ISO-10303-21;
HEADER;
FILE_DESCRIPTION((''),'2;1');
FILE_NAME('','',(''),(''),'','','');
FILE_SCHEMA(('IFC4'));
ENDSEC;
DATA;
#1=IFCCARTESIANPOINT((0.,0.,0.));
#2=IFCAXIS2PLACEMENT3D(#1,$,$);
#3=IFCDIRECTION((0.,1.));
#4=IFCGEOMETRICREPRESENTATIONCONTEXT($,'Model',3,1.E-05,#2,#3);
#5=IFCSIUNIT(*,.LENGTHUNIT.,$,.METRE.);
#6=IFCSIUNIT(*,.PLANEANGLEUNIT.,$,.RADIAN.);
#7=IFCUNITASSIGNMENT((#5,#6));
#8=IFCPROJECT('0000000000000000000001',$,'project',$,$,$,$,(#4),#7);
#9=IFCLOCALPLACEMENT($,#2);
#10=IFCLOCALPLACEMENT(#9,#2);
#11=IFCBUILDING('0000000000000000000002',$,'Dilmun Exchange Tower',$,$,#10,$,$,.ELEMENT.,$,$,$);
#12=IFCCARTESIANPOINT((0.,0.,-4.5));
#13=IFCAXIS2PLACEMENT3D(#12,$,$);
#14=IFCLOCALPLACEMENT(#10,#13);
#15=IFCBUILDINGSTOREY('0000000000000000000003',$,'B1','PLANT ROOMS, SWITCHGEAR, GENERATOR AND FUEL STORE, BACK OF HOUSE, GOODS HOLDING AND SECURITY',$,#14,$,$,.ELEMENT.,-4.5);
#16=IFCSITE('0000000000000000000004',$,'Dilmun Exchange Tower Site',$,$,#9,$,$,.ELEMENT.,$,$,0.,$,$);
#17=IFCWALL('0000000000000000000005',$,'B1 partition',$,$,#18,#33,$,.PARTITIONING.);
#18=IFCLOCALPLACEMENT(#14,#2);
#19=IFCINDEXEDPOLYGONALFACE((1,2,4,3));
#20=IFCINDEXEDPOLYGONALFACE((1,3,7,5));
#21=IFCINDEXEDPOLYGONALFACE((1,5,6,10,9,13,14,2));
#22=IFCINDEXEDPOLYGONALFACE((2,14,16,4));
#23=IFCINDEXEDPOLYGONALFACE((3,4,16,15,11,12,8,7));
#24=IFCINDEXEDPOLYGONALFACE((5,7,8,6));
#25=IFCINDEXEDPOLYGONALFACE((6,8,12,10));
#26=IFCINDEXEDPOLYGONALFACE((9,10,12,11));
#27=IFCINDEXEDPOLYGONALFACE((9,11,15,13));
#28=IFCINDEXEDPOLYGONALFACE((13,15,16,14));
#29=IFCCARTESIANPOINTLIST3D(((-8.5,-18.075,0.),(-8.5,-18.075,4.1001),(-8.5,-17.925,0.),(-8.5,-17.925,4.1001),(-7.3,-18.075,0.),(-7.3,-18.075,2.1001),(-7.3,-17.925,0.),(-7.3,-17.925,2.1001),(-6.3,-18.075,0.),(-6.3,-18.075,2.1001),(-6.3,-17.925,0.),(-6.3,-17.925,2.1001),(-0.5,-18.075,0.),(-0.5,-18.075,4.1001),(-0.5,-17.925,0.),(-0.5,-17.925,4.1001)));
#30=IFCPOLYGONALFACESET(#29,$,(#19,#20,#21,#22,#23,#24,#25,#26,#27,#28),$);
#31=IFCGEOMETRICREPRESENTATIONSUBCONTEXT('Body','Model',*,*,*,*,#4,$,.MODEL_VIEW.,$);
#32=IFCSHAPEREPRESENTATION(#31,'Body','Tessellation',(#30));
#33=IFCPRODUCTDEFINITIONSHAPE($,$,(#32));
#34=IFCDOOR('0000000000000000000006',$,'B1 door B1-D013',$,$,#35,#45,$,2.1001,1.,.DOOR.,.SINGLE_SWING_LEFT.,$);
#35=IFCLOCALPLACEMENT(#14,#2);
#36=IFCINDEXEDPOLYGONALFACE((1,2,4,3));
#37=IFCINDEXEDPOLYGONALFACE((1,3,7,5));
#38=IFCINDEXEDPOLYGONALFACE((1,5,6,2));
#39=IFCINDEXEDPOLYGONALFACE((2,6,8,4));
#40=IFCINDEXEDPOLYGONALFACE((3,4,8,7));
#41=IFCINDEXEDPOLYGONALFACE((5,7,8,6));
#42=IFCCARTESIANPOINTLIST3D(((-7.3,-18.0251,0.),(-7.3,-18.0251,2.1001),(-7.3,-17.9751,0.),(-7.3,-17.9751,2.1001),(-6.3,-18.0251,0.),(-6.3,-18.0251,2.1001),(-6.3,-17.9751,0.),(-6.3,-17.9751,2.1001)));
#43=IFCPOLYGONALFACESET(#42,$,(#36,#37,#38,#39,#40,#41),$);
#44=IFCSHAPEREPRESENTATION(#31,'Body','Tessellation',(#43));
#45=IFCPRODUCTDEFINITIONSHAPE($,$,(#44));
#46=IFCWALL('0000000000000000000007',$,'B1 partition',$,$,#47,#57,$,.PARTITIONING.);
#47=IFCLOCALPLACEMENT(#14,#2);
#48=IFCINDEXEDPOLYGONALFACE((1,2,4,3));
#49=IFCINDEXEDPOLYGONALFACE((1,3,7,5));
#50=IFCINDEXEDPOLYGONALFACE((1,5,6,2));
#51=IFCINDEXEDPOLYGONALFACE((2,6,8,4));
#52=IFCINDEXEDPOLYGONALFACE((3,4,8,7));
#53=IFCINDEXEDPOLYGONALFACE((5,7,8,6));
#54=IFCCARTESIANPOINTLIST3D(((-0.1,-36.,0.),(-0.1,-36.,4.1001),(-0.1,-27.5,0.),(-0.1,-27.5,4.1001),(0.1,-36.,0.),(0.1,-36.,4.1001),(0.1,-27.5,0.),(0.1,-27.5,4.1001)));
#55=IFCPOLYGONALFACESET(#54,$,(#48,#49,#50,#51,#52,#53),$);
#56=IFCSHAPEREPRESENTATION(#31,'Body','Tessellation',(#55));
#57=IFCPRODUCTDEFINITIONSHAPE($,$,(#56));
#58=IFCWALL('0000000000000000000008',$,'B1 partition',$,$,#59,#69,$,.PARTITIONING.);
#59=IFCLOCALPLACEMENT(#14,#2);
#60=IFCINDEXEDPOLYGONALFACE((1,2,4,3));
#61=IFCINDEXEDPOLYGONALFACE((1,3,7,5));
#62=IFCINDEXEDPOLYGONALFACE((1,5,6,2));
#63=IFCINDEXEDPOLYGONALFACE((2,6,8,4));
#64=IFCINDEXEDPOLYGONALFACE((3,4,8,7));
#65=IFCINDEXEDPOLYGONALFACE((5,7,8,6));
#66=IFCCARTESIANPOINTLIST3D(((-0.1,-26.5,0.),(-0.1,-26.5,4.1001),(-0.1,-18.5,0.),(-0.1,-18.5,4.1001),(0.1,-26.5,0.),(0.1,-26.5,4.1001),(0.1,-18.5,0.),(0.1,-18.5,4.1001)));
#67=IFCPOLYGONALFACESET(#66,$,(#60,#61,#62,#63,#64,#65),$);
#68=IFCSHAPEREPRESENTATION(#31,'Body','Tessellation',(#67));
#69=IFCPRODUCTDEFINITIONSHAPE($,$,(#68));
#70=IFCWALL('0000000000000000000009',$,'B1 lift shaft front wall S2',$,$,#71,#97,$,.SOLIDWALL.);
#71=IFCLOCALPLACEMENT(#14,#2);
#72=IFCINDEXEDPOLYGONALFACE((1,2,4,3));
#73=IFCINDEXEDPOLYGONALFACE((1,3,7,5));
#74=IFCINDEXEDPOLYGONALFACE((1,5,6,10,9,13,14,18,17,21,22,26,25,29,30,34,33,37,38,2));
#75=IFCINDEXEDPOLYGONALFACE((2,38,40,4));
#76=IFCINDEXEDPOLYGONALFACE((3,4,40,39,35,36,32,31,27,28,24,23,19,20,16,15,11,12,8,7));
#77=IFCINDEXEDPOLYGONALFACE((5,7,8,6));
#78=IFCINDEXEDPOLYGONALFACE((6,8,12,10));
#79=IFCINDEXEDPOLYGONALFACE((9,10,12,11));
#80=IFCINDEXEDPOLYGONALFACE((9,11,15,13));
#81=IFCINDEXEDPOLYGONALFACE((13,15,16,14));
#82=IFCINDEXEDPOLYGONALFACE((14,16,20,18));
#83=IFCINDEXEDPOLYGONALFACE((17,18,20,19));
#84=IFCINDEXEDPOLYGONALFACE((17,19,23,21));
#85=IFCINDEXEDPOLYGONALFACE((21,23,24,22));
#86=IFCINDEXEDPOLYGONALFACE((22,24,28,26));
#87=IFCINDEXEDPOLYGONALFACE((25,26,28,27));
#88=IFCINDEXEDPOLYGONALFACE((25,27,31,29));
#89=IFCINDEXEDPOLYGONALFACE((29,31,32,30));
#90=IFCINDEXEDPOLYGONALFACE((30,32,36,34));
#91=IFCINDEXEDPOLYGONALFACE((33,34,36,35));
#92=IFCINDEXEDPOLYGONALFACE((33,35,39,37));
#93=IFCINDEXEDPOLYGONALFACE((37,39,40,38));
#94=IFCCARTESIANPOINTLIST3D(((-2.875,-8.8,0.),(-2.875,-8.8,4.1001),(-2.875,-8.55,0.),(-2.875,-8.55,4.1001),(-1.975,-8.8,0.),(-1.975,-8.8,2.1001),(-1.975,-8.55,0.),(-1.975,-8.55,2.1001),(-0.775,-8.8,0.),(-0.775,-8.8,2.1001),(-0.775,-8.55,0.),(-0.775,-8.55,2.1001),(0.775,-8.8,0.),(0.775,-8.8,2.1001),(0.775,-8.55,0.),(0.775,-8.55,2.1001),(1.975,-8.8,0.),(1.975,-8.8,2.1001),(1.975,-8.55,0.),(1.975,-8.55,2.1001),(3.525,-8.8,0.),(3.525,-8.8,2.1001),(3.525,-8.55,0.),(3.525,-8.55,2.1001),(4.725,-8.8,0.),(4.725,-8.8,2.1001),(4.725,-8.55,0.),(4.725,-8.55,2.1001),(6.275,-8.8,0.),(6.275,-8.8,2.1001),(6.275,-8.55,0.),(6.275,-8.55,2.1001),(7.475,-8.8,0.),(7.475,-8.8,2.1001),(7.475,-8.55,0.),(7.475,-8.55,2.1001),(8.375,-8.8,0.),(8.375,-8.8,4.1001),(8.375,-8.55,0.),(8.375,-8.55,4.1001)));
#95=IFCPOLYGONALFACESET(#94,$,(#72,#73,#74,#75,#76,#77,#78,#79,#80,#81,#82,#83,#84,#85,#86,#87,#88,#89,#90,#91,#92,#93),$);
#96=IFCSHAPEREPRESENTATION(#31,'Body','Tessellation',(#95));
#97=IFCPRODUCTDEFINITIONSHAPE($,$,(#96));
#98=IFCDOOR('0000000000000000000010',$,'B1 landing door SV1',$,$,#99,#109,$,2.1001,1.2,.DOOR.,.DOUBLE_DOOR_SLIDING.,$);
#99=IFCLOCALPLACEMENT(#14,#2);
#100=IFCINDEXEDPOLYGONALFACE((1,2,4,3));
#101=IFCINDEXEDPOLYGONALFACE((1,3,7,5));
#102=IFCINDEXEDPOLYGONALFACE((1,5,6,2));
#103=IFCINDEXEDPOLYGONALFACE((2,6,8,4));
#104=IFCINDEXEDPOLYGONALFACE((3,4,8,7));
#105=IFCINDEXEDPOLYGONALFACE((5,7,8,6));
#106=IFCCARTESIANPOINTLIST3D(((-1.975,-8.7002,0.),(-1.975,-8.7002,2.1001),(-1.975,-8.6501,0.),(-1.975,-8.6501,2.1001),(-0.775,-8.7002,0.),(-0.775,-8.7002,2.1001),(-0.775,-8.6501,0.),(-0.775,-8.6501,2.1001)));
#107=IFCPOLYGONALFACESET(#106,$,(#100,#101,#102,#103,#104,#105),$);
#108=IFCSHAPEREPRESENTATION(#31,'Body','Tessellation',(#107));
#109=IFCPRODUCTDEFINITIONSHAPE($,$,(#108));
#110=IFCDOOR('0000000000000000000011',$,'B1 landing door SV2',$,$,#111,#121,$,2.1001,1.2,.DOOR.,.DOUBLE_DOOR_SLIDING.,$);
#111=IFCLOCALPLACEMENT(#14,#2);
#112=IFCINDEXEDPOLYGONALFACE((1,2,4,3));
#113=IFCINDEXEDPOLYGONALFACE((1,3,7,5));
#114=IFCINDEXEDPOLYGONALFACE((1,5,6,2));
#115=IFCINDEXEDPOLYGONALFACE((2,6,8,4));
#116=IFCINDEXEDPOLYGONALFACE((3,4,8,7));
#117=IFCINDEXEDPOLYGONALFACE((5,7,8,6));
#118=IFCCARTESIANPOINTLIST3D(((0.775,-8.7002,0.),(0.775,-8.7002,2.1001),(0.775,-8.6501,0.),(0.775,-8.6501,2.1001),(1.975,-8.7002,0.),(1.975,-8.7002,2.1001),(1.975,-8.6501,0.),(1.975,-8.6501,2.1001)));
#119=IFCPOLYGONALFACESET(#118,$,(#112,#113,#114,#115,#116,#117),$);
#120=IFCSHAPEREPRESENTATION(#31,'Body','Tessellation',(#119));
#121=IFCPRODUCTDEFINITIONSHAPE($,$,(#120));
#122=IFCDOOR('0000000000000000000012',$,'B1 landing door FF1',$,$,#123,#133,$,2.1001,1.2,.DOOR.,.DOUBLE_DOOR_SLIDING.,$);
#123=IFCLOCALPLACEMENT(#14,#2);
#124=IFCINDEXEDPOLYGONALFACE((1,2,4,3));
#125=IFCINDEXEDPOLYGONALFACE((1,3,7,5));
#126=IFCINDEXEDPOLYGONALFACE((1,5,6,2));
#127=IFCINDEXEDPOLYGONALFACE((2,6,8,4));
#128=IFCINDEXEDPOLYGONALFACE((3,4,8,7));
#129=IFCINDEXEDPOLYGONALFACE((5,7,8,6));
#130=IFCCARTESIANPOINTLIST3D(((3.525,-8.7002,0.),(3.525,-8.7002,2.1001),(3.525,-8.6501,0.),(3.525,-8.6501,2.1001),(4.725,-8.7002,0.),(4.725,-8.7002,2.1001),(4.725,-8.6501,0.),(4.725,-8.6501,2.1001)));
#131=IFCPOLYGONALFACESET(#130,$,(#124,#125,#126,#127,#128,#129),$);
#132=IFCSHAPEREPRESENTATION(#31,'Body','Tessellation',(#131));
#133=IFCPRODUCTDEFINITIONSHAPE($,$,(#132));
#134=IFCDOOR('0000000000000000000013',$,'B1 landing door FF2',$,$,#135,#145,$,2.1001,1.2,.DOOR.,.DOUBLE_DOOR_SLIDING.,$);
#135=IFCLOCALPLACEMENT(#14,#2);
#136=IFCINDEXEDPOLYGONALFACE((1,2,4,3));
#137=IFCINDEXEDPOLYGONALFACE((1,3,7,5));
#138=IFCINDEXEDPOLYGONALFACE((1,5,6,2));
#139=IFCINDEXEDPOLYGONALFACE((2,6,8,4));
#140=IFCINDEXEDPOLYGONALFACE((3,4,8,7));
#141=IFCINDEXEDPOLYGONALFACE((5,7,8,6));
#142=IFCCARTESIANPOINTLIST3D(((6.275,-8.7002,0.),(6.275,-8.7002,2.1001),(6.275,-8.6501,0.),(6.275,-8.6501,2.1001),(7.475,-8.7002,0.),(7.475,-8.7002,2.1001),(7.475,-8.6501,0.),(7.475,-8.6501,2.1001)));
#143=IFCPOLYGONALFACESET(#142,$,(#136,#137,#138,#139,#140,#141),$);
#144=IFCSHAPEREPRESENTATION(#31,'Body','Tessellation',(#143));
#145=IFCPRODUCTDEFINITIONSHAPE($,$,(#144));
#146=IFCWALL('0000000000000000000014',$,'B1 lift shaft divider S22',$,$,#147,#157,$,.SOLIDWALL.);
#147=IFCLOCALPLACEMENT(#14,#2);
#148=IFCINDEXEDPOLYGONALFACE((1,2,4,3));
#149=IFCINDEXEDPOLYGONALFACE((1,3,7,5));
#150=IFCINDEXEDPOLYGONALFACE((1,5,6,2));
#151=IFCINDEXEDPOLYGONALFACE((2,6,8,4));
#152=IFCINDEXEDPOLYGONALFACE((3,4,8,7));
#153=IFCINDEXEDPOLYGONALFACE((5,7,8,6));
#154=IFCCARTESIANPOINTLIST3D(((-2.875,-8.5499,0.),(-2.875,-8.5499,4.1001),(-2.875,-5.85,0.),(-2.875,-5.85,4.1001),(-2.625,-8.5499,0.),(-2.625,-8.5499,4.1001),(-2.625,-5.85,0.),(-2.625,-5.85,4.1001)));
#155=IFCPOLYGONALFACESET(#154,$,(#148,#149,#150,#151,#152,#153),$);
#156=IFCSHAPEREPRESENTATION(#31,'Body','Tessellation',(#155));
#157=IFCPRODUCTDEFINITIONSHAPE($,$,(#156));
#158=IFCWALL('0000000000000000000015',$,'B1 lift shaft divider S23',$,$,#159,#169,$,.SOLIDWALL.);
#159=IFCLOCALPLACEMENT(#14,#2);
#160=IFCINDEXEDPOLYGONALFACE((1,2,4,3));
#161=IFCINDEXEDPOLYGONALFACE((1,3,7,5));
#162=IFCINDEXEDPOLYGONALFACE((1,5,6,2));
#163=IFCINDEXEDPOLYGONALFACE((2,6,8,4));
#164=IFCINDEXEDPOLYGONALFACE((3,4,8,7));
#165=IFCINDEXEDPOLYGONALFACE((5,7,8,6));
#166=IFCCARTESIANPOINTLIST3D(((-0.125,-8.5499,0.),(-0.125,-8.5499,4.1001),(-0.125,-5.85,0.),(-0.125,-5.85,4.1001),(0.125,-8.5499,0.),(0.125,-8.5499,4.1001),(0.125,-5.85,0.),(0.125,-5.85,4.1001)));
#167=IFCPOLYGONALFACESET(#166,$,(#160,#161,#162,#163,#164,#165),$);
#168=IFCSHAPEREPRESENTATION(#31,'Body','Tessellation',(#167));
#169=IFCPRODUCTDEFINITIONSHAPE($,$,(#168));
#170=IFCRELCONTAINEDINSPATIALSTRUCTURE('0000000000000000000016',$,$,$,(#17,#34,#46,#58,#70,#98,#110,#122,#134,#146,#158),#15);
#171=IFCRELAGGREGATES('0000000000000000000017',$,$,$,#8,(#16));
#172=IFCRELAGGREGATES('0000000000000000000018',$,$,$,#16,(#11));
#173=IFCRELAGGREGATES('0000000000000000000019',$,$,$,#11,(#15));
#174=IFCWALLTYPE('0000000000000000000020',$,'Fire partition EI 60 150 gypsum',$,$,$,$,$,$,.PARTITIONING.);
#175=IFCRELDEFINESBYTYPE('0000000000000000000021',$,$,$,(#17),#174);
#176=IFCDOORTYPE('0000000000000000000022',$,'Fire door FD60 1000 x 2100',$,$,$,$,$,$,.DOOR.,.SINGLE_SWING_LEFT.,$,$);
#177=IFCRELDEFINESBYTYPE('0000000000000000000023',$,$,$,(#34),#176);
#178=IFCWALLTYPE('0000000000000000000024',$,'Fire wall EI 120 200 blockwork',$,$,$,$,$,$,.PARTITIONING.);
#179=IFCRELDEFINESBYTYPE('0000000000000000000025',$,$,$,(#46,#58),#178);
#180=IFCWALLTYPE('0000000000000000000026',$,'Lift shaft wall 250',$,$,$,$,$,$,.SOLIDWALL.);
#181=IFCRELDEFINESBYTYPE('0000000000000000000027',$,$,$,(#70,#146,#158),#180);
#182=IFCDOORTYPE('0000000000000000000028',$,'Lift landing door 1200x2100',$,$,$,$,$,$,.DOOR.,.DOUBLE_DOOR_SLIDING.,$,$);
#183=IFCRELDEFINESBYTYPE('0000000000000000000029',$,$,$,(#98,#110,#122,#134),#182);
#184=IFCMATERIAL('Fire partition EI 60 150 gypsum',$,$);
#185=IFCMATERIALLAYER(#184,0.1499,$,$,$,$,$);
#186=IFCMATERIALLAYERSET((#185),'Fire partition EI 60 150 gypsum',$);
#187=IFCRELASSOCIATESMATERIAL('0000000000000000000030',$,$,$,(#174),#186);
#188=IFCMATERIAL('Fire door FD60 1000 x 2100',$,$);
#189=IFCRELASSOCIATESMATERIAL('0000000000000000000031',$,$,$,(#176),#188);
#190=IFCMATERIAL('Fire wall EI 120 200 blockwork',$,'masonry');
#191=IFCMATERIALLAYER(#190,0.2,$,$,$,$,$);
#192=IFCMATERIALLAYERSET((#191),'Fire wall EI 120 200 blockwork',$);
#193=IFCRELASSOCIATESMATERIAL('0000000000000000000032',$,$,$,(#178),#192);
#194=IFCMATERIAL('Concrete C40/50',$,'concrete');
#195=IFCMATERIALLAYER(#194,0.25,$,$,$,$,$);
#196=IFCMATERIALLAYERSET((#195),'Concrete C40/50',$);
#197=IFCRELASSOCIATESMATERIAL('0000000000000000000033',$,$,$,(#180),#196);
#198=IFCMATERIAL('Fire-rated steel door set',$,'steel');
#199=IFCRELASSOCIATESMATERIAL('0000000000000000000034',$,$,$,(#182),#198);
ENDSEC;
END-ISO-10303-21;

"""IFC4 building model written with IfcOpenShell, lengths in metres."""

from ifc_helpers import new_model, si_unit, direction, frame, frame_2d, origin, place, context, subcontext, project, spatial, rectangle, extrude, material, layer, layer_set, type_object, element, fill, save


model = new_model("IFC4")

# Units and contexts
model_context = context("Model", 3, precision=1e-05, world=origin(), true_north=direction((0.0, 1.0)))
body_context = subcontext(model_context, "Body", "Model", "MODEL_VIEW")
ifc_project = project(units=[si_unit("LENGTHUNIT", "METRE"), si_unit("PLANEANGLEUNIT", "RADIAN")], contexts=[model_context])

# Site, building, storey
site_placement = place(None, origin())
site = spatial("IfcSite", under=ifc_project, at=site_placement, Name="Dilmun Exchange Tower Site", CompositionType="ELEMENT", RefElevation=0.0)
building_placement = place(site_placement, origin())
building = spatial("IfcBuilding", under=site, at=building_placement, Name="Dilmun Exchange Tower", CompositionType="ELEMENT")
storey_placement = place(building_placement, frame((0.0, 0.0, -4.5)))
storey = spatial("IfcBuildingStorey", under=building, at=storey_placement, Name="B1", Description="PLANT ROOMS, SWITCHGEAR, GENERATOR AND FUEL STORE, BACK OF HOUSE, GOODS HOLDING AND SECURITY", CompositionType="ELEMENT", Elevation=-4.5)

# Shared definitions
ifc_material_1 = material(Name="Concrete C40/50", Category="concrete")
ifc_material_2 = material(Name="Fire-rated steel door set", Category="steel")

# Wall, opening, door
ifc_material_3 = material(Name="Fire partition EI 60 150 gypsum")
ifc_layer_1 = layer(ifc_material_3, 0.1499)
ifc_layer_set_1 = layer_set([ifc_layer_1], Name="Fire partition EI 60 150 gypsum")
wall_type_1 = type_object("IfcWallType", Name="Fire partition EI 60 150 gypsum", PredefinedType="PARTITIONING", material=ifc_layer_set_1)
wall_1_placement = place(storey_placement, frame((-8.5, -18.0, 0.0), z_axis=(0.0, 0.0, 1.0), x_axis=(1.0, 0.0, 0.0)))
wall_1 = element("IfcWall", 1, at=wall_1_placement, inside=storey, type_object=wall_type_1, Name="B1 partition", PredefinedType="PARTITIONING", context=body_context, shape_type="SweptSolid", body=[
    extrude(rectangle(XDim=8.0, YDim=0.1499, at=frame_2d((4.0, 0.0))), origin(), (0.0, 0.0, 1.0), 4.1001),
])
opening_1_placement = place(wall_1_placement, frame((1.2, 0.0, 0.0)))
opening_1 = element("IfcOpeningElement", 2, at=opening_1_placement, cuts=wall_1, PredefinedType="OPENING", context=body_context, shape_type="SweptSolid", body=[
    extrude(rectangle(XDim=1.0, YDim=2.1001, at=frame_2d((0.5, 1.05))), frame((0.0, 0.085, 0.0), z_axis=(0.0, -1.0, 0.0), x_axis=(1.0, 0.0, 0.0)), (0.0, 0.0, 1.0), 0.1699),
])
ifc_material_4 = material(Name="Fire door FD60 1000 x 2100")
door_type_1 = type_object("IfcDoorType", Name="Fire door FD60 1000 x 2100", OperationType="SINGLE_SWING_LEFT", PredefinedType="DOOR", material=ifc_material_4)
door_1_placement = place(opening_1_placement, origin())
door_1 = element("IfcDoor", 3, at=door_1_placement, inside=storey, type_object=door_type_1, Name="B1 door B1-D013", OperationType="SINGLE_SWING_LEFT", OverallHeight=2.1001, OverallWidth=1.0, PredefinedType="DOOR", context=body_context, shape_type="SweptSolid", body=[
    extrude(rectangle(XDim=1.0, YDim=2.1001, at=frame_2d((0.5, 1.05))), frame((0.0, 0.0249, 0.0), z_axis=(0.0, -1.0, 0.0), x_axis=(1.0, 0.0, 0.0)), (0.0, 0.0, 1.0), 0.05),
])
fill(opening_1, door_1)

# Walls
ifc_material_5 = material(Name="Fire wall EI 120 200 blockwork", Category="masonry")
ifc_layer_2 = layer(ifc_material_5, 0.2)
ifc_layer_set_2 = layer_set([ifc_layer_2], Name="Fire wall EI 120 200 blockwork")
wall_type_2 = type_object("IfcWallType", Name="Fire wall EI 120 200 blockwork", PredefinedType="PARTITIONING", material=ifc_layer_set_2)
wall_2_placement = place(storey_placement, frame((0.0, -36.0, 0.0), z_axis=(0.0, 0.0, 1.0), x_axis=(0.0, 1.0, 0.0)))
element("IfcWall", 4, at=wall_2_placement, inside=storey, type_object=wall_type_2, Name="B1 partition", PredefinedType="PARTITIONING", context=body_context, shape_type="SweptSolid", body=[
    extrude(rectangle(XDim=8.5, YDim=0.2, at=frame_2d((4.25, 0.0))), origin(), (0.0, 0.0, 1.0), 4.1001),
])
wall_3_placement = place(storey_placement, frame((0.0, -26.5, 0.0), z_axis=(0.0, 0.0, 1.0), x_axis=(0.0, 1.0, 0.0)))
element("IfcWall", 5, at=wall_3_placement, inside=storey, type_object=wall_type_2, Name="B1 partition", PredefinedType="PARTITIONING", context=body_context, shape_type="SweptSolid", body=[
    extrude(rectangle(XDim=8.0, YDim=0.2, at=frame_2d((4.0, 0.0))), origin(), (0.0, 0.0, 1.0), 4.1001),
])

# Wall, openings, doors
ifc_layer_3 = layer(ifc_material_1, 0.25)
ifc_layer_set_3 = layer_set([ifc_layer_3], Name="Concrete C40/50")
wall_type_3 = type_object("IfcWallType", Name="Lift shaft wall 250", PredefinedType="SOLIDWALL", material=ifc_layer_set_3)
wall_4_placement = place(storey_placement, frame((-2.875, -8.675, 0.0), z_axis=(0.0, 0.0, 1.0), x_axis=(1.0, 0.0, 0.0)))
wall_4 = element("IfcWall", 6, at=wall_4_placement, inside=storey, type_object=wall_type_3, Name="B1 lift shaft front wall S2", PredefinedType="SOLIDWALL", context=body_context, shape_type="SweptSolid", body=[
    extrude(rectangle(XDim=11.25, YDim=0.25, at=frame_2d((5.625, 0.0))), origin(), (0.0, 0.0, 1.0), 4.1001),
])
opening_2_placement = place(wall_4_placement, frame((0.8999, 0.0, 0.0)))
opening_2 = element("IfcOpeningElement", 7, at=opening_2_placement, cuts=wall_4, PredefinedType="OPENING", context=body_context, shape_type="SweptSolid", body=[
    extrude(rectangle(XDim=1.2, YDim=2.1001, at=frame_2d((0.6001, 1.05))), frame((0.0, 0.135, 0.0), z_axis=(0.0, -1.0, 0.0), x_axis=(1.0, 0.0, 0.0)), (0.0, 0.0, 1.0), 0.27),
])
opening_3_placement = place(wall_4_placement, frame((3.6499, 0.0, 0.0)))
opening_3 = element("IfcOpeningElement", 8, at=opening_3_placement, cuts=wall_4, PredefinedType="OPENING", context=body_context, shape_type="SweptSolid", body=[
    extrude(rectangle(XDim=1.2, YDim=2.1001, at=frame_2d((0.6001, 1.05))), frame((0.0, 0.135, 0.0), z_axis=(0.0, -1.0, 0.0), x_axis=(1.0, 0.0, 0.0)), (0.0, 0.0, 1.0), 0.27),
])
opening_4_placement = place(wall_4_placement, frame((6.3999, 0.0, 0.0)))
opening_4 = element("IfcOpeningElement", 9, at=opening_4_placement, cuts=wall_4, PredefinedType="OPENING", context=body_context, shape_type="SweptSolid", body=[
    extrude(rectangle(XDim=1.2, YDim=2.1001, at=frame_2d((0.6001, 1.05))), frame((0.0, 0.135, 0.0), z_axis=(0.0, -1.0, 0.0), x_axis=(1.0, 0.0, 0.0)), (0.0, 0.0, 1.0), 0.27),
])
opening_5_placement = place(wall_4_placement, frame((9.1499, 0.0, 0.0)))
opening_5 = element("IfcOpeningElement", 10, at=opening_5_placement, cuts=wall_4, PredefinedType="OPENING", context=body_context, shape_type="SweptSolid", body=[
    extrude(rectangle(XDim=1.2, YDim=2.1001, at=frame_2d((0.6001, 1.05))), frame((0.0, 0.135, 0.0), z_axis=(0.0, -1.0, 0.0), x_axis=(1.0, 0.0, 0.0)), (0.0, 0.0, 1.0), 0.27),
])
door_type_2 = type_object("IfcDoorType", Name="Lift landing door 1200x2100", OperationType="DOUBLE_DOOR_SLIDING", PredefinedType="DOOR", material=ifc_material_2)
door_2_placement = place(opening_2_placement, origin())
door_2 = element("IfcDoor", 11, at=door_2_placement, inside=storey, type_object=door_type_2, Name="B1 landing door SV1", OperationType="DOUBLE_DOOR_SLIDING", OverallHeight=2.1001, OverallWidth=1.2, PredefinedType="DOOR", context=body_context, shape_type="SweptSolid", body=[
    extrude(rectangle(XDim=1.2, YDim=2.1001, at=frame_2d((0.6001, 1.05))), frame((0.0, 0.0249, 0.0), z_axis=(0.0, -1.0, 0.0), x_axis=(1.0, 0.0, 0.0)), (0.0, 0.0, 1.0), 0.05),
])
fill(opening_2, door_2)
door_3_placement = place(opening_3_placement, origin())
door_3 = element("IfcDoor", 12, at=door_3_placement, inside=storey, type_object=door_type_2, Name="B1 landing door SV2", OperationType="DOUBLE_DOOR_SLIDING", OverallHeight=2.1001, OverallWidth=1.2, PredefinedType="DOOR", context=body_context, shape_type="SweptSolid", body=[
    extrude(rectangle(XDim=1.2, YDim=2.1001, at=frame_2d((0.6001, 1.05))), frame((0.0, 0.0249, 0.0), z_axis=(0.0, -1.0, 0.0), x_axis=(1.0, 0.0, 0.0)), (0.0, 0.0, 1.0), 0.05),
])
fill(opening_3, door_3)
door_4_placement = place(opening_4_placement, origin())
door_4 = element("IfcDoor", 13, at=door_4_placement, inside=storey, type_object=door_type_2, Name="B1 landing door FF1", OperationType="DOUBLE_DOOR_SLIDING", OverallHeight=2.1001, OverallWidth=1.2, PredefinedType="DOOR", context=body_context, shape_type="SweptSolid", body=[
    extrude(rectangle(XDim=1.2, YDim=2.1001, at=frame_2d((0.6001, 1.05))), frame((0.0, 0.0249, 0.0), z_axis=(0.0, -1.0, 0.0), x_axis=(1.0, 0.0, 0.0)), (0.0, 0.0, 1.0), 0.05),
])
fill(opening_4, door_4)
door_5_placement = place(opening_5_placement, origin())
door_5 = element("IfcDoor", 14, at=door_5_placement, inside=storey, type_object=door_type_2, Name="B1 landing door FF2", OperationType="DOUBLE_DOOR_SLIDING", OverallHeight=2.1001, OverallWidth=1.2, PredefinedType="DOOR", context=body_context, shape_type="SweptSolid", body=[
    extrude(rectangle(XDim=1.2, YDim=2.1001, at=frame_2d((0.6001, 1.05))), frame((0.0, 0.0249, 0.0), z_axis=(0.0, -1.0, 0.0), x_axis=(1.0, 0.0, 0.0)), (0.0, 0.0, 1.0), 0.05),
])
fill(opening_5, door_5)

# Walls
for number, where, z_axis, x_axis, name in (
    (15, (-2.75, -8.55, 0.0), (0.0, 0.0, 1.0), (0.0, 1.0, 0.0), "B1 lift shaft divider S22"),
    (16, (0.0, -8.55, 0.0), (0.0, 0.0, 1.0), (0.0, 1.0, 0.0), "B1 lift shaft divider S23"),
):
    element("IfcWall", number, at=place(storey_placement, frame(where, z_axis=z_axis, x_axis=x_axis)), inside=storey, type_object=wall_type_3, Name=name, PredefinedType="SOLIDWALL", context=body_context, shape_type="SweptSolid", body=[
        extrude(rectangle(XDim=2.7, YDim=0.25, at=frame_2d((1.3501, 0.0))), origin(), (0.0, 0.0, 1.0), 4.1001),
    ])

save(model, "model.ifc")
